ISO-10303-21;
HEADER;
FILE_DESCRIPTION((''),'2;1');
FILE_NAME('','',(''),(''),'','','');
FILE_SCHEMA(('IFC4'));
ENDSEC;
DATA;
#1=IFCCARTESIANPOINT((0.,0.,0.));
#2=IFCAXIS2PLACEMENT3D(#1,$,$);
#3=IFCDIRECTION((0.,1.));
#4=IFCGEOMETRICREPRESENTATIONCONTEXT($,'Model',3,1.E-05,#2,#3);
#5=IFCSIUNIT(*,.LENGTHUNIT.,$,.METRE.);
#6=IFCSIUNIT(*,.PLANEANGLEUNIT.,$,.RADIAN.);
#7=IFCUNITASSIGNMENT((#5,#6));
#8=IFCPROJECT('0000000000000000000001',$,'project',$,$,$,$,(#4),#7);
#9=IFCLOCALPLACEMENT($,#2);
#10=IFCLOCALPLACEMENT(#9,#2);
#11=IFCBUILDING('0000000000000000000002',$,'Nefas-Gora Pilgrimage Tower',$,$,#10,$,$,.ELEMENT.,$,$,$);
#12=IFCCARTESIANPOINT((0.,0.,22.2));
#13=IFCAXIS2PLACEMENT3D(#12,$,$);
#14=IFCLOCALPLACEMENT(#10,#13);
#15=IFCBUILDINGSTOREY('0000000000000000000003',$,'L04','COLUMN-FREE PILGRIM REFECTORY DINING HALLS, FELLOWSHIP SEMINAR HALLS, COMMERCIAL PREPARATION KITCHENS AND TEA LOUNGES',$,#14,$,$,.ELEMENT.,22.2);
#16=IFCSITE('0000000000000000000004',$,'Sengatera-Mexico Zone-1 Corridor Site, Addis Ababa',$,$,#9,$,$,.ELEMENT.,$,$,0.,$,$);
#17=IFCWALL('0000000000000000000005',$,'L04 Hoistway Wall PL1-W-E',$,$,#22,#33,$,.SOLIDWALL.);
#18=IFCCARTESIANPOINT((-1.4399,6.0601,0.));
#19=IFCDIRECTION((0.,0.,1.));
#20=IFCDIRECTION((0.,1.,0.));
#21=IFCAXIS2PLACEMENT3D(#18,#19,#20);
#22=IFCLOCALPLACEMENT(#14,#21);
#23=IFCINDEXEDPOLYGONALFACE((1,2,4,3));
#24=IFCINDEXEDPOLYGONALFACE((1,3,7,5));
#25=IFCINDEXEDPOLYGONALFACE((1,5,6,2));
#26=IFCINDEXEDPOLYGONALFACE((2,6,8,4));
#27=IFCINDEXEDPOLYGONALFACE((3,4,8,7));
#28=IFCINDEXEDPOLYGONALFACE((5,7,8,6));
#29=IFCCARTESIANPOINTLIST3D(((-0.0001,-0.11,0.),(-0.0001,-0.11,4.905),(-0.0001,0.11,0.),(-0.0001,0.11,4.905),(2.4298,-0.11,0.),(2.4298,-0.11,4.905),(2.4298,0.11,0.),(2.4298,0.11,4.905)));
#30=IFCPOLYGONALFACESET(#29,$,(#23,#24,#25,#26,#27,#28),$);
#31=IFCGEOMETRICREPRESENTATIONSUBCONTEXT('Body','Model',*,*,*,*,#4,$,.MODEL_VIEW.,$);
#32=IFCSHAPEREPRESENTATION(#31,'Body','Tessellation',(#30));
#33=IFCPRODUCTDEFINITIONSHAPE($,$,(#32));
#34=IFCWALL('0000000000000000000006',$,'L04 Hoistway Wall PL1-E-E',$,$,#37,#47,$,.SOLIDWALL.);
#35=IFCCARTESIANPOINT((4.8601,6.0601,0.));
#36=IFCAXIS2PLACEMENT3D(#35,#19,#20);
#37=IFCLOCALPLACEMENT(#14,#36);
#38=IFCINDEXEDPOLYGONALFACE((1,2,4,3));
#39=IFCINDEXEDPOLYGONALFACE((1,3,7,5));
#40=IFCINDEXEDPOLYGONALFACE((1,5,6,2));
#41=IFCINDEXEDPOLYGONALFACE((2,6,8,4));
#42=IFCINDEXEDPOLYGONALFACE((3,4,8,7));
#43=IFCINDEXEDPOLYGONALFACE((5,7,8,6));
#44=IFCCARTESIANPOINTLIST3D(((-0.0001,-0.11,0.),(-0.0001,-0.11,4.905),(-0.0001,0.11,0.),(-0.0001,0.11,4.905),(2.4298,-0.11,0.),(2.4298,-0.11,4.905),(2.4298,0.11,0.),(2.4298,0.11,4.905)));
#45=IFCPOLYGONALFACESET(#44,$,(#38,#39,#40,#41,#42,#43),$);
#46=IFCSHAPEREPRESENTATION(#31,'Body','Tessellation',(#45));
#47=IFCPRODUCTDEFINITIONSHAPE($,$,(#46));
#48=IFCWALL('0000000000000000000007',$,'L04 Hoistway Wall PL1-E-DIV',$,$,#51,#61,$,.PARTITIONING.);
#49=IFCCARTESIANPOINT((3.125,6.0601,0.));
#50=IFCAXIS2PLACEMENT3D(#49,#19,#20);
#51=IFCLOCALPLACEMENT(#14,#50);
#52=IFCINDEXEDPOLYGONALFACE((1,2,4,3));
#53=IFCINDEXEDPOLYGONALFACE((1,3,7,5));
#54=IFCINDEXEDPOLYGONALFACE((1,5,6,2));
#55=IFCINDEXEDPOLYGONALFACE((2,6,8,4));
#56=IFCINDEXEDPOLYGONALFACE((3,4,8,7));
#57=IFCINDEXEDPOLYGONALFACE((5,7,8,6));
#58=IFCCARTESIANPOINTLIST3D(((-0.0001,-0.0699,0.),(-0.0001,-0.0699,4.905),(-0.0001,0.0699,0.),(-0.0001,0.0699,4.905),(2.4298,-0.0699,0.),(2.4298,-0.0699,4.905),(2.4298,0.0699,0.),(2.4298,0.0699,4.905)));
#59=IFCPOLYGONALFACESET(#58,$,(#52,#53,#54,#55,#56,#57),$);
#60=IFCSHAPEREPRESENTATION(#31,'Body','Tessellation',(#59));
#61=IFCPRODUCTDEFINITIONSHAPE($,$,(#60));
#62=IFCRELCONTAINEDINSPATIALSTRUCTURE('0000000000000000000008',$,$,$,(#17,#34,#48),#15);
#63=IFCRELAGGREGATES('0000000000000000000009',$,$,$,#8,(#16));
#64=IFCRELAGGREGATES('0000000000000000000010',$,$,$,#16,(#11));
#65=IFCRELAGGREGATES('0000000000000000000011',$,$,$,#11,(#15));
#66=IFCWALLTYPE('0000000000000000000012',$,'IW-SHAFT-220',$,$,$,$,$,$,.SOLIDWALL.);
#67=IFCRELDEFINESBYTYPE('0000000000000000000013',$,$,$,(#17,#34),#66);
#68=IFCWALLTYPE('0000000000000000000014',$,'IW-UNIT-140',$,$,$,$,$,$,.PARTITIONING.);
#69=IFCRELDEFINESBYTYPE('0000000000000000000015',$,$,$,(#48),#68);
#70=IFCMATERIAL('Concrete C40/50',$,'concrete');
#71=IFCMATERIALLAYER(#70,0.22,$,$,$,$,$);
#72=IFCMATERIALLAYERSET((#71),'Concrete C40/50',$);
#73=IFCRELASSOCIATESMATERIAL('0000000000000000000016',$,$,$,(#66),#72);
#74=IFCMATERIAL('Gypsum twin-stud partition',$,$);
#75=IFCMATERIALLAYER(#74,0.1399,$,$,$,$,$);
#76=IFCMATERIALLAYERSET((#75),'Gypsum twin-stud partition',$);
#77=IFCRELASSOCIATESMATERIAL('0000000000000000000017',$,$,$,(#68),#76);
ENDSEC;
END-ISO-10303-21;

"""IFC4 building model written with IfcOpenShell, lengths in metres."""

from ifc_helpers import new_model, si_unit, direction, frame, frame_2d, origin, place, context, subcontext, project, spatial, rectangle, extrude, source, transform, mapped, material, layer, layer_set, type_object, element, save


model = new_model("IFC4")

# Units and contexts
model_context = context("Model", 3, precision=1e-05, world=origin(), true_north=direction((0.0, 1.0)))
body_context = subcontext(model_context, "Body", "Model", "MODEL_VIEW")
ifc_project = project(units=[si_unit("LENGTHUNIT", "METRE"), si_unit("PLANEANGLEUNIT", "RADIAN")], contexts=[model_context])

# Site, building, storey
site_placement = place(None, origin())
site = spatial("IfcSite", under=ifc_project, at=site_placement, Name="Sengatera-Mexico Zone-1 Corridor Site, Addis Ababa", CompositionType="ELEMENT", RefElevation=0.0)
building_placement = place(site_placement, origin())
building = spatial("IfcBuilding", under=site, at=building_placement, Name="Nefas-Gora Pilgrimage Tower", CompositionType="ELEMENT")
storey_placement = place(building_placement, frame((0.0, 0.0, 22.2)))
storey = spatial("IfcBuildingStorey", under=building, at=storey_placement, Name="L04", Description="COLUMN-FREE PILGRIM REFECTORY DINING HALLS, FELLOWSHIP SEMINAR HALLS, COMMERCIAL PREPARATION KITCHENS AND TEA LOUNGES", CompositionType="ELEMENT", Elevation=22.2)

# Shared definitions
ifc_material_1 = material(Name="Concrete C40/50", Category="concrete")
ifc_layer_1 = layer(ifc_material_1, 0.22)
ifc_layer_set_1 = layer_set([ifc_layer_1], Name="Concrete C40/50")
wall_type_1 = type_object("IfcWallType", Name="IW-SHAFT-220", PredefinedType="SOLIDWALL", material=ifc_layer_set_1)

# Walls
shared_shape_1 = source(origin(), body_context, "Body", "SweptSolid", [
    extrude(rectangle(XDim=2.4299, YDim=0.22, at=frame_2d((1.2148, 0.0))), origin(), (0.0, 0.0, 1.0), 4.905),
])
for number, where, z_axis, x_axis, name in (
    (1, (-1.4399, 6.0601, 0.0), (0.0, 0.0, 1.0), (0.0, 1.0, 0.0), "L04 Hoistway Wall PL1-W-E"),
    (2, (4.8601, 6.0601, 0.0), (0.0, 0.0, 1.0), (0.0, 1.0, 0.0), "L04 Hoistway Wall PL1-E-E"),
):
    element("IfcWall", number, at=place(storey_placement, frame(where, z_axis=z_axis, x_axis=x_axis)), inside=storey, type_object=wall_type_1, Name=name, PredefinedType="SOLIDWALL", context=body_context, shape_type="MappedRepresentation", body=[
        mapped(shared_shape_1, transform((0.0, 0.0, 0.0), x_axis=(1.0, 0.0, 0.0), y_axis=(0.0, 1.0, 0.0), z_axis=(0.0, 0.0, 1.0), scale=1.0)),
    ])
ifc_material_2 = material(Name="Gypsum twin-stud partition")
ifc_layer_2 = layer(ifc_material_2, 0.1399)
ifc_layer_set_2 = layer_set([ifc_layer_2], Name="Gypsum twin-stud partition")
wall_type_2 = type_object("IfcWallType", Name="IW-UNIT-140", PredefinedType="PARTITIONING", material=ifc_layer_set_2)
shared_shape_2 = source(origin(), body_context, "Body", "SweptSolid", [
    extrude(rectangle(XDim=2.4299, YDim=0.1399, at=frame_2d((1.2148, 0.0))), origin(), (0.0, 0.0, 1.0), 4.905),
])
wall_1_placement = place(storey_placement, frame((3.125, 6.0601, 0.0), z_axis=(0.0, 0.0, 1.0), x_axis=(0.0, 1.0, 0.0)))
element("IfcWall", 3, at=wall_1_placement, inside=storey, type_object=wall_type_2, Name="L04 Hoistway Wall PL1-E-DIV", PredefinedType="PARTITIONING", context=body_context, shape_type="MappedRepresentation", body=[
    mapped(shared_shape_2, transform((0.0, 0.0, 0.0), x_axis=(1.0, 0.0, 0.0), y_axis=(0.0, 1.0, 0.0), z_axis=(0.0, 0.0, 1.0), scale=1.0)),
])

save(model, "model.ifc")
